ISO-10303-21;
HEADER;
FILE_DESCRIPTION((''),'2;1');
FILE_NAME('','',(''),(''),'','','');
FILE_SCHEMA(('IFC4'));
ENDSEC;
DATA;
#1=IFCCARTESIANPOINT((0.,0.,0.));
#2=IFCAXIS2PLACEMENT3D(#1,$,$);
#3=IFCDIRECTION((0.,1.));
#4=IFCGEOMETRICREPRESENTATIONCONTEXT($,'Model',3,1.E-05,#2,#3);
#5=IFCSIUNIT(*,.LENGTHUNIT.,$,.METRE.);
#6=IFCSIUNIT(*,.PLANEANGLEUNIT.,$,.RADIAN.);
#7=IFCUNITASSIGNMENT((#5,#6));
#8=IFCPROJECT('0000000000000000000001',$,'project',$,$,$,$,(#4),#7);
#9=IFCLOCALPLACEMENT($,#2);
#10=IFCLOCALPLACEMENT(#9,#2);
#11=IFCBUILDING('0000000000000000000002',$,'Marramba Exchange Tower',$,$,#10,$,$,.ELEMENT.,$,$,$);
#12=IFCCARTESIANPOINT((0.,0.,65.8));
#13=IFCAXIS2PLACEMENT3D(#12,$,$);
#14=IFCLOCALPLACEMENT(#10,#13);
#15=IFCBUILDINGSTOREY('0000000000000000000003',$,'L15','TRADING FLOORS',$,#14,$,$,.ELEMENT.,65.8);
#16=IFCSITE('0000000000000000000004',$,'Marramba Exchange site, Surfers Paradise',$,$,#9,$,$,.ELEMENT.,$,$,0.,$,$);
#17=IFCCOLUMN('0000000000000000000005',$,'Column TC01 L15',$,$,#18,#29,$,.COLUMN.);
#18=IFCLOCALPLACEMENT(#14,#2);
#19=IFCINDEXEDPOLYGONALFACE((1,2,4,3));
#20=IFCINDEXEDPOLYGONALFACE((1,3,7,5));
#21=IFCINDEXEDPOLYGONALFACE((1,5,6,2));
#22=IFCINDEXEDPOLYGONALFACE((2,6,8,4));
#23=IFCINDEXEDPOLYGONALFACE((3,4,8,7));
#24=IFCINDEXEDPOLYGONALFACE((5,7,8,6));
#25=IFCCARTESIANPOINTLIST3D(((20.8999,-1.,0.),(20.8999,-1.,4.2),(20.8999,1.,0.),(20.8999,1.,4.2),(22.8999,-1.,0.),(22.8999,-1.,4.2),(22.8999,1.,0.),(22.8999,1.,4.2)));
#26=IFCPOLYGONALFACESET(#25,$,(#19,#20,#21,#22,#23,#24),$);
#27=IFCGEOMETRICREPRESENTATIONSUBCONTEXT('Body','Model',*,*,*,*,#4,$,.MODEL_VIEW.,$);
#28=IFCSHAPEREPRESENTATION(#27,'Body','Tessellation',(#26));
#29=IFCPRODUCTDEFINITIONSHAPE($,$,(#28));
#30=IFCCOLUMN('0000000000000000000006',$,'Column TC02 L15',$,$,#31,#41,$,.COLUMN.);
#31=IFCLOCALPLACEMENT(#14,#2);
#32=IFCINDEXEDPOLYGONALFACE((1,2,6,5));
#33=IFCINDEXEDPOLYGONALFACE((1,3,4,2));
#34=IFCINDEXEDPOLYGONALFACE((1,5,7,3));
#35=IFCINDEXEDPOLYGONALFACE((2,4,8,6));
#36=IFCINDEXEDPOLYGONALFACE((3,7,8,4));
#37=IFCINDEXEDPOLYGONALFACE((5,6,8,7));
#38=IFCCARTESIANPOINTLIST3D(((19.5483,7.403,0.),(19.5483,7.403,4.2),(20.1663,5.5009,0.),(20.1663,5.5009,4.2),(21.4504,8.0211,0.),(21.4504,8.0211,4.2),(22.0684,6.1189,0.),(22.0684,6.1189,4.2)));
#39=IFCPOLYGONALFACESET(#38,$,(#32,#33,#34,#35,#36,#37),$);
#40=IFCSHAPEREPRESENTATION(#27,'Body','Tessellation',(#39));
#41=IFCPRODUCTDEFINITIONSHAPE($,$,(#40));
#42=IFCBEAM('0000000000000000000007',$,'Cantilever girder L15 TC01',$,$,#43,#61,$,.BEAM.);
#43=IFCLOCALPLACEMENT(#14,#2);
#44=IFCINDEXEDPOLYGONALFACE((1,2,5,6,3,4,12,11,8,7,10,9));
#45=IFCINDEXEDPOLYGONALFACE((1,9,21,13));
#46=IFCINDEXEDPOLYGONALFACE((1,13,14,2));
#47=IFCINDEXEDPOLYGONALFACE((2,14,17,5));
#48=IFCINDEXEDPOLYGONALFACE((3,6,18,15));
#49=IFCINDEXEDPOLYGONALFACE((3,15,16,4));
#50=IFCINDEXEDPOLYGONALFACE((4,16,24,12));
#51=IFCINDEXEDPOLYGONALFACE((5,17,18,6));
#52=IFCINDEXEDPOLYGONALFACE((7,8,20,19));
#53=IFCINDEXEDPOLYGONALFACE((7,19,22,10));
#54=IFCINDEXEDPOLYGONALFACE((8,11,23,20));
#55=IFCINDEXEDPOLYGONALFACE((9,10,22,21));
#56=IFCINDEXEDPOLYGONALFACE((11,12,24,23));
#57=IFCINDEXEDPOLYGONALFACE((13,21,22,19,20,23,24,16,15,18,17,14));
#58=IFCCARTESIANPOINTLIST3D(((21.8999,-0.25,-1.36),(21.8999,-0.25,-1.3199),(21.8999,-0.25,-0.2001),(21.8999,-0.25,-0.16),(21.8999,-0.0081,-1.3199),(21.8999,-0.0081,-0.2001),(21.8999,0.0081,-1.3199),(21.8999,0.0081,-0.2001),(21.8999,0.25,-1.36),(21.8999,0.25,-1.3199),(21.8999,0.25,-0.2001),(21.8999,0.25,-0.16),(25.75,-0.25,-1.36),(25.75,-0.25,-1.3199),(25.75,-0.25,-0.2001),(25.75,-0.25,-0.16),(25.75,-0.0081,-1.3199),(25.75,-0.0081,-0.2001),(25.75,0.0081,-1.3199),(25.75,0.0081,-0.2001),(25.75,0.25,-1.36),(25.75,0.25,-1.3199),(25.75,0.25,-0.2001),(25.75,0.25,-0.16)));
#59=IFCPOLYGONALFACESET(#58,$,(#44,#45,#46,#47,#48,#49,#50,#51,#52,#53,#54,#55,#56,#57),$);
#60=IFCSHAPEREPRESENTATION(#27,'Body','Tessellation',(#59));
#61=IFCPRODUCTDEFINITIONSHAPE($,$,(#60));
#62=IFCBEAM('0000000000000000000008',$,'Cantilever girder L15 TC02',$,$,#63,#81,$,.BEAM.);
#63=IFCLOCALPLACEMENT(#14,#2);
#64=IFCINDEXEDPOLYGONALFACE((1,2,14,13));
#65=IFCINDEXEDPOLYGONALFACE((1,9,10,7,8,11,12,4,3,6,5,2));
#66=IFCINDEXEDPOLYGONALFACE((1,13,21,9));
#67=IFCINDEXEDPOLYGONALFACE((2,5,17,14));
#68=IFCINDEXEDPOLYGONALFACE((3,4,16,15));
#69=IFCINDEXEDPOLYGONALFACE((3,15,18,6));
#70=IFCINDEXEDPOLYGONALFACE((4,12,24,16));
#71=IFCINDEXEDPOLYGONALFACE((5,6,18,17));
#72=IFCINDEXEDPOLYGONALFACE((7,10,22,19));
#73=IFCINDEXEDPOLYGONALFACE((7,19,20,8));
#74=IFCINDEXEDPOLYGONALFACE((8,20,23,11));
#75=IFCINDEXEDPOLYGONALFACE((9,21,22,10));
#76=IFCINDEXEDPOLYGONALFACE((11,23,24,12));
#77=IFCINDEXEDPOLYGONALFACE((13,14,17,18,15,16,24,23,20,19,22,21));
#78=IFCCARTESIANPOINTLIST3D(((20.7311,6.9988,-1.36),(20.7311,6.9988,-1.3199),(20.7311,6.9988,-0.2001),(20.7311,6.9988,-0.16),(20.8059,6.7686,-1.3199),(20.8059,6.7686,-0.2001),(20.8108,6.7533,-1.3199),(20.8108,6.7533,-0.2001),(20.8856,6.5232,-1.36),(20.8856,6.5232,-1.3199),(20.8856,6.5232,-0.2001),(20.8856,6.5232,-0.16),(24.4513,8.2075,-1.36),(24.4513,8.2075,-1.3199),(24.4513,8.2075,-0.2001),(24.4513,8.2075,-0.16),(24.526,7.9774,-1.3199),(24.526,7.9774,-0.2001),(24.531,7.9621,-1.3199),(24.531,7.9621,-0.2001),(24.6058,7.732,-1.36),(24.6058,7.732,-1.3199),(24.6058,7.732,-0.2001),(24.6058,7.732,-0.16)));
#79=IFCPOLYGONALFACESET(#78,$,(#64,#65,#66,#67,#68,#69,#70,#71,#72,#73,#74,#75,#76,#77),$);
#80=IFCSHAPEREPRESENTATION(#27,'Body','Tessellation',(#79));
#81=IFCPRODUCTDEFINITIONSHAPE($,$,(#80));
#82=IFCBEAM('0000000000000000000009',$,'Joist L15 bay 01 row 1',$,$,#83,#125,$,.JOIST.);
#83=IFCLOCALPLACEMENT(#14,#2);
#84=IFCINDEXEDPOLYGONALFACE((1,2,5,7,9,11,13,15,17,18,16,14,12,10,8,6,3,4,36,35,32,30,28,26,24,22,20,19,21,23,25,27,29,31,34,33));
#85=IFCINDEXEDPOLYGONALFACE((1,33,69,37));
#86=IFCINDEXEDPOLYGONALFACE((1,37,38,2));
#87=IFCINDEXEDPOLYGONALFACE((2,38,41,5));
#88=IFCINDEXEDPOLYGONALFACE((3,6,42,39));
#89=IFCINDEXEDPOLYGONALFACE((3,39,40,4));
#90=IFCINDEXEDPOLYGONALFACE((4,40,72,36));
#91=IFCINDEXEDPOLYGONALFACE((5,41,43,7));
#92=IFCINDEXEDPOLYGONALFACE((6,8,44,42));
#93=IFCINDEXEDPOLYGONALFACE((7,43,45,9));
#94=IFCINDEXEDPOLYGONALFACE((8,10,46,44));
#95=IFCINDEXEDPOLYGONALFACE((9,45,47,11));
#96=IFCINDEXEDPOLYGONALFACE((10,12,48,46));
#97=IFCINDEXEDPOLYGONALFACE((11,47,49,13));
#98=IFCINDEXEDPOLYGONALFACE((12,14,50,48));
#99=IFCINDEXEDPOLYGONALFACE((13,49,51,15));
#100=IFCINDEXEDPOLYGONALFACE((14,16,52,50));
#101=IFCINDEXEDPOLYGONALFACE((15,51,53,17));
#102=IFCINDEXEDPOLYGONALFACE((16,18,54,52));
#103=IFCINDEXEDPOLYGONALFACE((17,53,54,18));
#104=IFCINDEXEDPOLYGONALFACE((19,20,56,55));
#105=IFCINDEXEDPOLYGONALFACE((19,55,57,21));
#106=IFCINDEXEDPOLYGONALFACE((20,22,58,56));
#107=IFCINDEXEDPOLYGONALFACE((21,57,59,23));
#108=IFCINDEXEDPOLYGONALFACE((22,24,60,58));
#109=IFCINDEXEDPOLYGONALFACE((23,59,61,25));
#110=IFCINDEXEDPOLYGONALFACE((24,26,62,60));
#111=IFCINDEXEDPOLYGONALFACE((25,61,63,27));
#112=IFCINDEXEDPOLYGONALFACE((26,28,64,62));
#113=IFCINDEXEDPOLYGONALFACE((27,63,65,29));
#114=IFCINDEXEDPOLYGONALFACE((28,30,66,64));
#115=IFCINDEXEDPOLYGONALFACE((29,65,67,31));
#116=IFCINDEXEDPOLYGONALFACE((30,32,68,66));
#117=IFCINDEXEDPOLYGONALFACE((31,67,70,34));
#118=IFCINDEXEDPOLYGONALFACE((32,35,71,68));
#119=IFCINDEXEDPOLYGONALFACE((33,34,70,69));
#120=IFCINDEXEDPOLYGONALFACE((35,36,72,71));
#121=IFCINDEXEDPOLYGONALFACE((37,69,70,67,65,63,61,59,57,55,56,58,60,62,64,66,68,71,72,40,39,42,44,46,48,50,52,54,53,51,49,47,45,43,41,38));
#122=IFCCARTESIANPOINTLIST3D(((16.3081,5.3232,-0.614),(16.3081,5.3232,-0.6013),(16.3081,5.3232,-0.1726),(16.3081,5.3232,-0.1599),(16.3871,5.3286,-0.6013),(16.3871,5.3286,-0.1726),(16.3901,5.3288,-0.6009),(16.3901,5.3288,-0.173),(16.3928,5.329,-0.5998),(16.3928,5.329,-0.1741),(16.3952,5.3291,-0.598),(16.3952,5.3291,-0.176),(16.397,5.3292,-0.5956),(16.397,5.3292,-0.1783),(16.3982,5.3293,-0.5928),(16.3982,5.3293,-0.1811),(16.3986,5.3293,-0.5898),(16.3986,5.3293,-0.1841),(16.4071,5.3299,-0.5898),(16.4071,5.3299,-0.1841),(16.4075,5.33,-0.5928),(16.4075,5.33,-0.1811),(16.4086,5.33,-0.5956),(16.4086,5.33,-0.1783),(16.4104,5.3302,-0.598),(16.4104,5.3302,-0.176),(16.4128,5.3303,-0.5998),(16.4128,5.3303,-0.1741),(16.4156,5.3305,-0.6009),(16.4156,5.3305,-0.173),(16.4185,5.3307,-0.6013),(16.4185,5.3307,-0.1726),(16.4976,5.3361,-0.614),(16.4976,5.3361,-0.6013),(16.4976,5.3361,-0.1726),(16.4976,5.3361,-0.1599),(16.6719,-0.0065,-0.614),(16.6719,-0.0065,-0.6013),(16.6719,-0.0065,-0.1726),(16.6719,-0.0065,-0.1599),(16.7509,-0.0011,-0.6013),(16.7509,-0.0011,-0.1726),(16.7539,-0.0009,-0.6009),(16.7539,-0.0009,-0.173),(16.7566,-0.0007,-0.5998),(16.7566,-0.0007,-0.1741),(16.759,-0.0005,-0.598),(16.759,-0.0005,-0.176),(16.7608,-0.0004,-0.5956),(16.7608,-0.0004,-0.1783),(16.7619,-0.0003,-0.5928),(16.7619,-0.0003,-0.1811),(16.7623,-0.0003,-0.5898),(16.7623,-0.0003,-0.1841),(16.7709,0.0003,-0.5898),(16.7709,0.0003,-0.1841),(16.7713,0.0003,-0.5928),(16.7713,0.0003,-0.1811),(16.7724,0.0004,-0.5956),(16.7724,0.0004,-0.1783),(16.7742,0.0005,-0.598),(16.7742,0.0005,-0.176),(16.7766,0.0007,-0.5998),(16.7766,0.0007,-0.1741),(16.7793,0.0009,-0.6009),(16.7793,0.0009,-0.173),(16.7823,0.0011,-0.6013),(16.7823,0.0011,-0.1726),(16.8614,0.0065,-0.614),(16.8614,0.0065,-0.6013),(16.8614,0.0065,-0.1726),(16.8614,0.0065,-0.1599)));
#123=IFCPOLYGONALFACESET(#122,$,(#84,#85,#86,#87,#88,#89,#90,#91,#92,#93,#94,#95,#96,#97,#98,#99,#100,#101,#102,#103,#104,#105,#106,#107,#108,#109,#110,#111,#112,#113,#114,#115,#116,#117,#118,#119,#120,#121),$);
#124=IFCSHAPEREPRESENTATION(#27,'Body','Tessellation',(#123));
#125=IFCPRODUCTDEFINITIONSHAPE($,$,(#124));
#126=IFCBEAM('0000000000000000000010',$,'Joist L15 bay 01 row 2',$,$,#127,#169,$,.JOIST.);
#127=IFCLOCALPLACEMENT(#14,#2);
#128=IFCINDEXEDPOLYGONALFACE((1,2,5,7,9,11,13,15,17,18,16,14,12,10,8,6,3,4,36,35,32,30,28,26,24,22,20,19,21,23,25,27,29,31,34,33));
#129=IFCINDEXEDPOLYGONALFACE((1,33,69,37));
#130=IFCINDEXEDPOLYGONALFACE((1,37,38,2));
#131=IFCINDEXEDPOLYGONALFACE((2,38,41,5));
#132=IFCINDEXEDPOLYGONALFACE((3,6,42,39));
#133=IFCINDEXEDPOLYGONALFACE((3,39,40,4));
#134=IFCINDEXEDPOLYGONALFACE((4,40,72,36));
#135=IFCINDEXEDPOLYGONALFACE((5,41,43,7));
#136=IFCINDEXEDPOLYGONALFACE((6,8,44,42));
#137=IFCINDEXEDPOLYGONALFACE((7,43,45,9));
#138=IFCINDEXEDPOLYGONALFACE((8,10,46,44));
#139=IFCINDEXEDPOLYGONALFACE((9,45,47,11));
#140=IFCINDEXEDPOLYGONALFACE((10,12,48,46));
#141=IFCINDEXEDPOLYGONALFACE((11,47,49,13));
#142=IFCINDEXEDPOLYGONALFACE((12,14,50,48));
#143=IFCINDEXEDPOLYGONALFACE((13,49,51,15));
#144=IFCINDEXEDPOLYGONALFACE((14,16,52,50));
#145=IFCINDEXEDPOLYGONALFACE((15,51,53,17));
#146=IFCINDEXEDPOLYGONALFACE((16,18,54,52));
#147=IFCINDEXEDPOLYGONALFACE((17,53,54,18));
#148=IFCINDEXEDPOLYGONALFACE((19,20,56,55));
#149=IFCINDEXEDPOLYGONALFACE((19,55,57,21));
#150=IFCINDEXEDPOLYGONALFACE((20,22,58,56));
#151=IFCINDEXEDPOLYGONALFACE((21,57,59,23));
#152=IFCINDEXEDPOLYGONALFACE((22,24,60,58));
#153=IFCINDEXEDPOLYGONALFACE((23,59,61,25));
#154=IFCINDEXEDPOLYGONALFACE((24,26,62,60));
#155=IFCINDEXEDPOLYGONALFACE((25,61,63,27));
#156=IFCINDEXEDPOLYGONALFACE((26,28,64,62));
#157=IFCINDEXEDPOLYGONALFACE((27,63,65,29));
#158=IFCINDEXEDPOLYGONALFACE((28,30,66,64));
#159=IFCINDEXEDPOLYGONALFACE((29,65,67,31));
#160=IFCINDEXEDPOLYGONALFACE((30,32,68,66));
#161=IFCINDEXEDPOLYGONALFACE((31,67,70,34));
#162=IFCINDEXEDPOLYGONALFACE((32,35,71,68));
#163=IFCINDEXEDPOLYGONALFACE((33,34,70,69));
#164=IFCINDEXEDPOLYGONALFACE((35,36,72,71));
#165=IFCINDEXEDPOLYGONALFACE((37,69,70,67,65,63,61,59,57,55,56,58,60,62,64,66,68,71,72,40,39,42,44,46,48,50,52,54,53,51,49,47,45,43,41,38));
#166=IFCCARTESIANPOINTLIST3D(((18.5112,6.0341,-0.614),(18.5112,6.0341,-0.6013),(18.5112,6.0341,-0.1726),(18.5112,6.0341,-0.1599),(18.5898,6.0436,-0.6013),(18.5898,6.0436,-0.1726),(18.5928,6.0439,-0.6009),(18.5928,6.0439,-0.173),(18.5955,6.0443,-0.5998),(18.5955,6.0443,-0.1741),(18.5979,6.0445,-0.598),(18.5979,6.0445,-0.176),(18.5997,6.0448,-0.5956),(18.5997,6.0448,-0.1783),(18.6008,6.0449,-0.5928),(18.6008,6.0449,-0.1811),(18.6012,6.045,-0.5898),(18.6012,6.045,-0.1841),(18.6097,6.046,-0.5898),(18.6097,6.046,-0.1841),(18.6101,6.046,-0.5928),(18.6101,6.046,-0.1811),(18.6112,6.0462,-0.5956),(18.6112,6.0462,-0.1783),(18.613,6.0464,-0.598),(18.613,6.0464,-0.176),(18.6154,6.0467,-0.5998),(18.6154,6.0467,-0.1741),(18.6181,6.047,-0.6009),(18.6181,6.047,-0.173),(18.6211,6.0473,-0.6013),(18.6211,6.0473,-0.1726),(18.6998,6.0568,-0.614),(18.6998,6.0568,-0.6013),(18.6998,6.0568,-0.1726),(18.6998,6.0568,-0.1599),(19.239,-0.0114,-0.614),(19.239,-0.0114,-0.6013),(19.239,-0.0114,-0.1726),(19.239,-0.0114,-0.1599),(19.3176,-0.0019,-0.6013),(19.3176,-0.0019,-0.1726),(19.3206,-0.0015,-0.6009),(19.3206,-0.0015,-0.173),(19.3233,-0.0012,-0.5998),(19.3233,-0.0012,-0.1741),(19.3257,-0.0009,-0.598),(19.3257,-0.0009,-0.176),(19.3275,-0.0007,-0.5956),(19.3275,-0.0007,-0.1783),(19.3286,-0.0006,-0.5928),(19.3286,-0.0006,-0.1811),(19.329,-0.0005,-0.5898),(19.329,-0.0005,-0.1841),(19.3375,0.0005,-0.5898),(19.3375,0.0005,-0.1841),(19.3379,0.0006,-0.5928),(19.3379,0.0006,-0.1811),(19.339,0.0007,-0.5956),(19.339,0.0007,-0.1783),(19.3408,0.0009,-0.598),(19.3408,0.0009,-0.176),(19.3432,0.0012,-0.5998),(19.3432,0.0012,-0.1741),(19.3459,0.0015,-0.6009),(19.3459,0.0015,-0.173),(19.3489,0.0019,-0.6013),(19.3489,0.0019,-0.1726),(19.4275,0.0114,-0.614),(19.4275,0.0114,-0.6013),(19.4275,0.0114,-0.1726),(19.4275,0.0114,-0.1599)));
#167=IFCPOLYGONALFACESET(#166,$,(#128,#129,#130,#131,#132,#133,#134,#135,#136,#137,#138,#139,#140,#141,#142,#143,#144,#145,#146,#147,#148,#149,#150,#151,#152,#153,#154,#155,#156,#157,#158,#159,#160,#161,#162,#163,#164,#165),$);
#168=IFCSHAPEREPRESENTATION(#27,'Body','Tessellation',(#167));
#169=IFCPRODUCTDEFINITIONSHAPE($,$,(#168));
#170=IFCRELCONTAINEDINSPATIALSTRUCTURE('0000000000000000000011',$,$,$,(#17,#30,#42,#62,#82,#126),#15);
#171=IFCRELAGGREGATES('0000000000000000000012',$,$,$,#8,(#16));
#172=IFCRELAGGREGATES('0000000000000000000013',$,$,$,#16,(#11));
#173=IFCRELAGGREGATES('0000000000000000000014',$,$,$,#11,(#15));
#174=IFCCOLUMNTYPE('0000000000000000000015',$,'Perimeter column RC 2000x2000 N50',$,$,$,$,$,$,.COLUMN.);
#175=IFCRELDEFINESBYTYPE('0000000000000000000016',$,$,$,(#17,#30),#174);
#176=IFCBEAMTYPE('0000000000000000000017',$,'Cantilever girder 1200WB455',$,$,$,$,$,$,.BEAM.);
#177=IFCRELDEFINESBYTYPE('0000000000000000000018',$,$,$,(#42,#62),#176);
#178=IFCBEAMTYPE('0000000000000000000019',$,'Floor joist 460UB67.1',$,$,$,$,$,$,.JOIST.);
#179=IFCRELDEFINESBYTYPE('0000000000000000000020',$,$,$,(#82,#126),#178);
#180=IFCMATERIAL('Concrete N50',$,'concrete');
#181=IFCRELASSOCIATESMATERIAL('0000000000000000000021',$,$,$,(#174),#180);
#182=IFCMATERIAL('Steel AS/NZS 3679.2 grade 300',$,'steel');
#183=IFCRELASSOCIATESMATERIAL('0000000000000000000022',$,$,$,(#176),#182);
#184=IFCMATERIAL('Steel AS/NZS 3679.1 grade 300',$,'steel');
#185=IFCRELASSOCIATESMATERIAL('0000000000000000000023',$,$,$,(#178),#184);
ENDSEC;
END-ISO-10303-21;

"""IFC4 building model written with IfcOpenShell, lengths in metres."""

from ifc_helpers import new_model, si_unit, direction, frame, origin, origin_2d, place, context, subcontext, project, spatial, rectangle, i_section, extrude, material, material_profile, profile_set, type_object, element, save


model = new_model("IFC4")

# Units and contexts
model_context = context("Model", 3, precision=1e-05, world=origin(), true_north=direction((0.0, 1.0)))
body_context = subcontext(model_context, "Body", "Model", "MODEL_VIEW")
ifc_project = project(units=[si_unit("LENGTHUNIT", "METRE"), si_unit("PLANEANGLEUNIT", "RADIAN")], contexts=[model_context])

# Site, building, storey
site_placement = place(None, origin())
site = spatial("IfcSite", under=ifc_project, at=site_placement, Name="Marramba Exchange site, Surfers Paradise", CompositionType="ELEMENT", RefElevation=0.0)
building_placement = place(site_placement, origin())
building = spatial("IfcBuilding", under=site, at=building_placement, Name="Marramba Exchange Tower", CompositionType="ELEMENT")
storey_placement = place(building_placement, frame((0.0, 0.0, 65.8)))
storey = spatial("IfcBuildingStorey", under=building, at=storey_placement, Name="L15", Description="TRADING FLOORS", CompositionType="ELEMENT", Elevation=65.8)

# Columns
ifc_material_1 = material(Name="Concrete N50", Category="concrete")
ifc_material_profile_1 = material_profile(ifc_material_1, rectangle(XDim=2.0, YDim=2.0, at=origin_2d()), Name="RC 2000x2000")
ifc_profile_set_1 = profile_set([ifc_material_profile_1], Name="Concrete N50")
column_type = type_object("IfcColumnType", Name="Perimeter column RC 2000x2000 N50", PredefinedType="COLUMN", material=ifc_profile_set_1)
for number, where, z_axis, x_axis, name in (
    (1, (21.8999, 0.0, 0.0), (0.0, 0.0, 1.0), (1.0, 0.0, 0.0), "Column TC01 L15"),
    (2, (20.8083, 6.761, 0.0), (0.0, 0.0, 1.0), (0.951057, 0.309017, 0.0), "Column TC02 L15"),
):
    element("IfcColumn", number, at=place(storey_placement, frame(where, z_axis=z_axis, x_axis=x_axis)), inside=storey, type_object=column_type, Name=name, PredefinedType="COLUMN", context=body_context, shape_type="SweptSolid", body=[
        extrude(rectangle(XDim=2.0, YDim=2.0, at=origin_2d()), origin(), (0.0, 0.0, 1.0), 4.2),
    ])

# Beams
ifc_material_2 = material(Name="Steel AS/NZS 3679.2 grade 300", Category="steel")
ifc_material_profile_2 = material_profile(ifc_material_2, i_section(OverallWidth=0.5, OverallDepth=1.2, WebThickness=0.0161, FlangeThickness=0.04, at=origin_2d()), Name="1200WB455")
ifc_profile_set_2 = profile_set([ifc_material_profile_2], Name="Steel AS/NZS 3679.2 grade 300")
beam_type_1 = type_object("IfcBeamType", Name="Cantilever girder 1200WB455", PredefinedType="BEAM", material=ifc_profile_set_2)
beam_1_placement = place(storey_placement, frame((21.8999, 0.0, -0.76), z_axis=(1.0, 0.0, 0.0), x_axis=(0.0, 1.0, 0.0)))
element("IfcBeam", 3, at=beam_1_placement, inside=storey, type_object=beam_type_1, Name="Cantilever girder L15 TC01", PredefinedType="BEAM", context=body_context, shape_type="SweptSolid", body=[
    extrude(i_section(OverallWidth=0.5, OverallDepth=1.2, WebThickness=0.0161, FlangeThickness=0.04, at=origin_2d()), origin(), (0.0, 0.0, 1.0), 3.8501),
])
beam_2_placement = place(storey_placement, frame((20.8083, 6.761, -0.76), z_axis=(0.951059, 0.30901, 0.0), x_axis=(-0.30901, 0.951059, 0.0)))
element("IfcBeam", 4, at=beam_2_placement, inside=storey, type_object=beam_type_1, Name="Cantilever girder L15 TC02", PredefinedType="BEAM", context=body_context, shape_type="SweptSolid", body=[
    extrude(i_section(OverallWidth=0.5, OverallDepth=1.2, WebThickness=0.0161, FlangeThickness=0.04, at=origin_2d()), origin(), (0.0, 0.0, 1.0), 3.9116),
])
ifc_material_3 = material(Name="Steel AS/NZS 3679.1 grade 300", Category="steel")
ifc_material_profile_3 = material_profile(ifc_material_3, i_section(OverallWidth=0.1899, OverallDepth=0.4541, WebThickness=0.0085, FlangeThickness=0.0127, FilletRadius=0.0115, at=origin_2d()), Name="460UB67.1")
ifc_profile_set_3 = profile_set([ifc_material_profile_3], Name="Steel AS/NZS 3679.1 grade 300")
beam_type_2 = type_object("IfcBeamType", Name="Floor joist 460UB67.1", PredefinedType="JOIST", material=ifc_profile_set_3)
beam_3_placement = place(storey_placement, frame((16.7666, 0.0, -0.387), z_axis=(-0.068096, 0.997679, 0.0), x_axis=(-0.997679, -0.068096, 0.0)))
element("IfcBeam", 5, at=beam_3_placement, inside=storey, type_object=beam_type_2, Name="Joist L15 bay 01 row 1", PredefinedType="JOIST", context=body_context, shape_type="SweptSolid", body=[
    extrude(i_section(OverallWidth=0.1899, OverallDepth=0.4541, WebThickness=0.0085, FlangeThickness=0.0127, FilletRadius=0.0115, at=origin_2d()), origin(), (0.0, 0.0, 1.0), 5.342),
])
beam_4_placement = place(storey_placement, frame((19.3333, 0.0, -0.387), z_axis=(-0.119523, 0.992831, 0.0), x_axis=(-0.992831, -0.119523, 0.0)))
element("IfcBeam", 6, at=beam_4_placement, inside=storey, type_object=beam_type_2, Name="Joist L15 bay 01 row 2", PredefinedType="JOIST", context=body_context, shape_type="SweptSolid", body=[
    extrude(i_section(OverallWidth=0.1899, OverallDepth=0.4541, WebThickness=0.0085, FlangeThickness=0.0127, FilletRadius=0.0115, at=origin_2d()), origin(), (0.0, 0.0, 1.0), 6.0891),
])

save(model, "model.ifc")
